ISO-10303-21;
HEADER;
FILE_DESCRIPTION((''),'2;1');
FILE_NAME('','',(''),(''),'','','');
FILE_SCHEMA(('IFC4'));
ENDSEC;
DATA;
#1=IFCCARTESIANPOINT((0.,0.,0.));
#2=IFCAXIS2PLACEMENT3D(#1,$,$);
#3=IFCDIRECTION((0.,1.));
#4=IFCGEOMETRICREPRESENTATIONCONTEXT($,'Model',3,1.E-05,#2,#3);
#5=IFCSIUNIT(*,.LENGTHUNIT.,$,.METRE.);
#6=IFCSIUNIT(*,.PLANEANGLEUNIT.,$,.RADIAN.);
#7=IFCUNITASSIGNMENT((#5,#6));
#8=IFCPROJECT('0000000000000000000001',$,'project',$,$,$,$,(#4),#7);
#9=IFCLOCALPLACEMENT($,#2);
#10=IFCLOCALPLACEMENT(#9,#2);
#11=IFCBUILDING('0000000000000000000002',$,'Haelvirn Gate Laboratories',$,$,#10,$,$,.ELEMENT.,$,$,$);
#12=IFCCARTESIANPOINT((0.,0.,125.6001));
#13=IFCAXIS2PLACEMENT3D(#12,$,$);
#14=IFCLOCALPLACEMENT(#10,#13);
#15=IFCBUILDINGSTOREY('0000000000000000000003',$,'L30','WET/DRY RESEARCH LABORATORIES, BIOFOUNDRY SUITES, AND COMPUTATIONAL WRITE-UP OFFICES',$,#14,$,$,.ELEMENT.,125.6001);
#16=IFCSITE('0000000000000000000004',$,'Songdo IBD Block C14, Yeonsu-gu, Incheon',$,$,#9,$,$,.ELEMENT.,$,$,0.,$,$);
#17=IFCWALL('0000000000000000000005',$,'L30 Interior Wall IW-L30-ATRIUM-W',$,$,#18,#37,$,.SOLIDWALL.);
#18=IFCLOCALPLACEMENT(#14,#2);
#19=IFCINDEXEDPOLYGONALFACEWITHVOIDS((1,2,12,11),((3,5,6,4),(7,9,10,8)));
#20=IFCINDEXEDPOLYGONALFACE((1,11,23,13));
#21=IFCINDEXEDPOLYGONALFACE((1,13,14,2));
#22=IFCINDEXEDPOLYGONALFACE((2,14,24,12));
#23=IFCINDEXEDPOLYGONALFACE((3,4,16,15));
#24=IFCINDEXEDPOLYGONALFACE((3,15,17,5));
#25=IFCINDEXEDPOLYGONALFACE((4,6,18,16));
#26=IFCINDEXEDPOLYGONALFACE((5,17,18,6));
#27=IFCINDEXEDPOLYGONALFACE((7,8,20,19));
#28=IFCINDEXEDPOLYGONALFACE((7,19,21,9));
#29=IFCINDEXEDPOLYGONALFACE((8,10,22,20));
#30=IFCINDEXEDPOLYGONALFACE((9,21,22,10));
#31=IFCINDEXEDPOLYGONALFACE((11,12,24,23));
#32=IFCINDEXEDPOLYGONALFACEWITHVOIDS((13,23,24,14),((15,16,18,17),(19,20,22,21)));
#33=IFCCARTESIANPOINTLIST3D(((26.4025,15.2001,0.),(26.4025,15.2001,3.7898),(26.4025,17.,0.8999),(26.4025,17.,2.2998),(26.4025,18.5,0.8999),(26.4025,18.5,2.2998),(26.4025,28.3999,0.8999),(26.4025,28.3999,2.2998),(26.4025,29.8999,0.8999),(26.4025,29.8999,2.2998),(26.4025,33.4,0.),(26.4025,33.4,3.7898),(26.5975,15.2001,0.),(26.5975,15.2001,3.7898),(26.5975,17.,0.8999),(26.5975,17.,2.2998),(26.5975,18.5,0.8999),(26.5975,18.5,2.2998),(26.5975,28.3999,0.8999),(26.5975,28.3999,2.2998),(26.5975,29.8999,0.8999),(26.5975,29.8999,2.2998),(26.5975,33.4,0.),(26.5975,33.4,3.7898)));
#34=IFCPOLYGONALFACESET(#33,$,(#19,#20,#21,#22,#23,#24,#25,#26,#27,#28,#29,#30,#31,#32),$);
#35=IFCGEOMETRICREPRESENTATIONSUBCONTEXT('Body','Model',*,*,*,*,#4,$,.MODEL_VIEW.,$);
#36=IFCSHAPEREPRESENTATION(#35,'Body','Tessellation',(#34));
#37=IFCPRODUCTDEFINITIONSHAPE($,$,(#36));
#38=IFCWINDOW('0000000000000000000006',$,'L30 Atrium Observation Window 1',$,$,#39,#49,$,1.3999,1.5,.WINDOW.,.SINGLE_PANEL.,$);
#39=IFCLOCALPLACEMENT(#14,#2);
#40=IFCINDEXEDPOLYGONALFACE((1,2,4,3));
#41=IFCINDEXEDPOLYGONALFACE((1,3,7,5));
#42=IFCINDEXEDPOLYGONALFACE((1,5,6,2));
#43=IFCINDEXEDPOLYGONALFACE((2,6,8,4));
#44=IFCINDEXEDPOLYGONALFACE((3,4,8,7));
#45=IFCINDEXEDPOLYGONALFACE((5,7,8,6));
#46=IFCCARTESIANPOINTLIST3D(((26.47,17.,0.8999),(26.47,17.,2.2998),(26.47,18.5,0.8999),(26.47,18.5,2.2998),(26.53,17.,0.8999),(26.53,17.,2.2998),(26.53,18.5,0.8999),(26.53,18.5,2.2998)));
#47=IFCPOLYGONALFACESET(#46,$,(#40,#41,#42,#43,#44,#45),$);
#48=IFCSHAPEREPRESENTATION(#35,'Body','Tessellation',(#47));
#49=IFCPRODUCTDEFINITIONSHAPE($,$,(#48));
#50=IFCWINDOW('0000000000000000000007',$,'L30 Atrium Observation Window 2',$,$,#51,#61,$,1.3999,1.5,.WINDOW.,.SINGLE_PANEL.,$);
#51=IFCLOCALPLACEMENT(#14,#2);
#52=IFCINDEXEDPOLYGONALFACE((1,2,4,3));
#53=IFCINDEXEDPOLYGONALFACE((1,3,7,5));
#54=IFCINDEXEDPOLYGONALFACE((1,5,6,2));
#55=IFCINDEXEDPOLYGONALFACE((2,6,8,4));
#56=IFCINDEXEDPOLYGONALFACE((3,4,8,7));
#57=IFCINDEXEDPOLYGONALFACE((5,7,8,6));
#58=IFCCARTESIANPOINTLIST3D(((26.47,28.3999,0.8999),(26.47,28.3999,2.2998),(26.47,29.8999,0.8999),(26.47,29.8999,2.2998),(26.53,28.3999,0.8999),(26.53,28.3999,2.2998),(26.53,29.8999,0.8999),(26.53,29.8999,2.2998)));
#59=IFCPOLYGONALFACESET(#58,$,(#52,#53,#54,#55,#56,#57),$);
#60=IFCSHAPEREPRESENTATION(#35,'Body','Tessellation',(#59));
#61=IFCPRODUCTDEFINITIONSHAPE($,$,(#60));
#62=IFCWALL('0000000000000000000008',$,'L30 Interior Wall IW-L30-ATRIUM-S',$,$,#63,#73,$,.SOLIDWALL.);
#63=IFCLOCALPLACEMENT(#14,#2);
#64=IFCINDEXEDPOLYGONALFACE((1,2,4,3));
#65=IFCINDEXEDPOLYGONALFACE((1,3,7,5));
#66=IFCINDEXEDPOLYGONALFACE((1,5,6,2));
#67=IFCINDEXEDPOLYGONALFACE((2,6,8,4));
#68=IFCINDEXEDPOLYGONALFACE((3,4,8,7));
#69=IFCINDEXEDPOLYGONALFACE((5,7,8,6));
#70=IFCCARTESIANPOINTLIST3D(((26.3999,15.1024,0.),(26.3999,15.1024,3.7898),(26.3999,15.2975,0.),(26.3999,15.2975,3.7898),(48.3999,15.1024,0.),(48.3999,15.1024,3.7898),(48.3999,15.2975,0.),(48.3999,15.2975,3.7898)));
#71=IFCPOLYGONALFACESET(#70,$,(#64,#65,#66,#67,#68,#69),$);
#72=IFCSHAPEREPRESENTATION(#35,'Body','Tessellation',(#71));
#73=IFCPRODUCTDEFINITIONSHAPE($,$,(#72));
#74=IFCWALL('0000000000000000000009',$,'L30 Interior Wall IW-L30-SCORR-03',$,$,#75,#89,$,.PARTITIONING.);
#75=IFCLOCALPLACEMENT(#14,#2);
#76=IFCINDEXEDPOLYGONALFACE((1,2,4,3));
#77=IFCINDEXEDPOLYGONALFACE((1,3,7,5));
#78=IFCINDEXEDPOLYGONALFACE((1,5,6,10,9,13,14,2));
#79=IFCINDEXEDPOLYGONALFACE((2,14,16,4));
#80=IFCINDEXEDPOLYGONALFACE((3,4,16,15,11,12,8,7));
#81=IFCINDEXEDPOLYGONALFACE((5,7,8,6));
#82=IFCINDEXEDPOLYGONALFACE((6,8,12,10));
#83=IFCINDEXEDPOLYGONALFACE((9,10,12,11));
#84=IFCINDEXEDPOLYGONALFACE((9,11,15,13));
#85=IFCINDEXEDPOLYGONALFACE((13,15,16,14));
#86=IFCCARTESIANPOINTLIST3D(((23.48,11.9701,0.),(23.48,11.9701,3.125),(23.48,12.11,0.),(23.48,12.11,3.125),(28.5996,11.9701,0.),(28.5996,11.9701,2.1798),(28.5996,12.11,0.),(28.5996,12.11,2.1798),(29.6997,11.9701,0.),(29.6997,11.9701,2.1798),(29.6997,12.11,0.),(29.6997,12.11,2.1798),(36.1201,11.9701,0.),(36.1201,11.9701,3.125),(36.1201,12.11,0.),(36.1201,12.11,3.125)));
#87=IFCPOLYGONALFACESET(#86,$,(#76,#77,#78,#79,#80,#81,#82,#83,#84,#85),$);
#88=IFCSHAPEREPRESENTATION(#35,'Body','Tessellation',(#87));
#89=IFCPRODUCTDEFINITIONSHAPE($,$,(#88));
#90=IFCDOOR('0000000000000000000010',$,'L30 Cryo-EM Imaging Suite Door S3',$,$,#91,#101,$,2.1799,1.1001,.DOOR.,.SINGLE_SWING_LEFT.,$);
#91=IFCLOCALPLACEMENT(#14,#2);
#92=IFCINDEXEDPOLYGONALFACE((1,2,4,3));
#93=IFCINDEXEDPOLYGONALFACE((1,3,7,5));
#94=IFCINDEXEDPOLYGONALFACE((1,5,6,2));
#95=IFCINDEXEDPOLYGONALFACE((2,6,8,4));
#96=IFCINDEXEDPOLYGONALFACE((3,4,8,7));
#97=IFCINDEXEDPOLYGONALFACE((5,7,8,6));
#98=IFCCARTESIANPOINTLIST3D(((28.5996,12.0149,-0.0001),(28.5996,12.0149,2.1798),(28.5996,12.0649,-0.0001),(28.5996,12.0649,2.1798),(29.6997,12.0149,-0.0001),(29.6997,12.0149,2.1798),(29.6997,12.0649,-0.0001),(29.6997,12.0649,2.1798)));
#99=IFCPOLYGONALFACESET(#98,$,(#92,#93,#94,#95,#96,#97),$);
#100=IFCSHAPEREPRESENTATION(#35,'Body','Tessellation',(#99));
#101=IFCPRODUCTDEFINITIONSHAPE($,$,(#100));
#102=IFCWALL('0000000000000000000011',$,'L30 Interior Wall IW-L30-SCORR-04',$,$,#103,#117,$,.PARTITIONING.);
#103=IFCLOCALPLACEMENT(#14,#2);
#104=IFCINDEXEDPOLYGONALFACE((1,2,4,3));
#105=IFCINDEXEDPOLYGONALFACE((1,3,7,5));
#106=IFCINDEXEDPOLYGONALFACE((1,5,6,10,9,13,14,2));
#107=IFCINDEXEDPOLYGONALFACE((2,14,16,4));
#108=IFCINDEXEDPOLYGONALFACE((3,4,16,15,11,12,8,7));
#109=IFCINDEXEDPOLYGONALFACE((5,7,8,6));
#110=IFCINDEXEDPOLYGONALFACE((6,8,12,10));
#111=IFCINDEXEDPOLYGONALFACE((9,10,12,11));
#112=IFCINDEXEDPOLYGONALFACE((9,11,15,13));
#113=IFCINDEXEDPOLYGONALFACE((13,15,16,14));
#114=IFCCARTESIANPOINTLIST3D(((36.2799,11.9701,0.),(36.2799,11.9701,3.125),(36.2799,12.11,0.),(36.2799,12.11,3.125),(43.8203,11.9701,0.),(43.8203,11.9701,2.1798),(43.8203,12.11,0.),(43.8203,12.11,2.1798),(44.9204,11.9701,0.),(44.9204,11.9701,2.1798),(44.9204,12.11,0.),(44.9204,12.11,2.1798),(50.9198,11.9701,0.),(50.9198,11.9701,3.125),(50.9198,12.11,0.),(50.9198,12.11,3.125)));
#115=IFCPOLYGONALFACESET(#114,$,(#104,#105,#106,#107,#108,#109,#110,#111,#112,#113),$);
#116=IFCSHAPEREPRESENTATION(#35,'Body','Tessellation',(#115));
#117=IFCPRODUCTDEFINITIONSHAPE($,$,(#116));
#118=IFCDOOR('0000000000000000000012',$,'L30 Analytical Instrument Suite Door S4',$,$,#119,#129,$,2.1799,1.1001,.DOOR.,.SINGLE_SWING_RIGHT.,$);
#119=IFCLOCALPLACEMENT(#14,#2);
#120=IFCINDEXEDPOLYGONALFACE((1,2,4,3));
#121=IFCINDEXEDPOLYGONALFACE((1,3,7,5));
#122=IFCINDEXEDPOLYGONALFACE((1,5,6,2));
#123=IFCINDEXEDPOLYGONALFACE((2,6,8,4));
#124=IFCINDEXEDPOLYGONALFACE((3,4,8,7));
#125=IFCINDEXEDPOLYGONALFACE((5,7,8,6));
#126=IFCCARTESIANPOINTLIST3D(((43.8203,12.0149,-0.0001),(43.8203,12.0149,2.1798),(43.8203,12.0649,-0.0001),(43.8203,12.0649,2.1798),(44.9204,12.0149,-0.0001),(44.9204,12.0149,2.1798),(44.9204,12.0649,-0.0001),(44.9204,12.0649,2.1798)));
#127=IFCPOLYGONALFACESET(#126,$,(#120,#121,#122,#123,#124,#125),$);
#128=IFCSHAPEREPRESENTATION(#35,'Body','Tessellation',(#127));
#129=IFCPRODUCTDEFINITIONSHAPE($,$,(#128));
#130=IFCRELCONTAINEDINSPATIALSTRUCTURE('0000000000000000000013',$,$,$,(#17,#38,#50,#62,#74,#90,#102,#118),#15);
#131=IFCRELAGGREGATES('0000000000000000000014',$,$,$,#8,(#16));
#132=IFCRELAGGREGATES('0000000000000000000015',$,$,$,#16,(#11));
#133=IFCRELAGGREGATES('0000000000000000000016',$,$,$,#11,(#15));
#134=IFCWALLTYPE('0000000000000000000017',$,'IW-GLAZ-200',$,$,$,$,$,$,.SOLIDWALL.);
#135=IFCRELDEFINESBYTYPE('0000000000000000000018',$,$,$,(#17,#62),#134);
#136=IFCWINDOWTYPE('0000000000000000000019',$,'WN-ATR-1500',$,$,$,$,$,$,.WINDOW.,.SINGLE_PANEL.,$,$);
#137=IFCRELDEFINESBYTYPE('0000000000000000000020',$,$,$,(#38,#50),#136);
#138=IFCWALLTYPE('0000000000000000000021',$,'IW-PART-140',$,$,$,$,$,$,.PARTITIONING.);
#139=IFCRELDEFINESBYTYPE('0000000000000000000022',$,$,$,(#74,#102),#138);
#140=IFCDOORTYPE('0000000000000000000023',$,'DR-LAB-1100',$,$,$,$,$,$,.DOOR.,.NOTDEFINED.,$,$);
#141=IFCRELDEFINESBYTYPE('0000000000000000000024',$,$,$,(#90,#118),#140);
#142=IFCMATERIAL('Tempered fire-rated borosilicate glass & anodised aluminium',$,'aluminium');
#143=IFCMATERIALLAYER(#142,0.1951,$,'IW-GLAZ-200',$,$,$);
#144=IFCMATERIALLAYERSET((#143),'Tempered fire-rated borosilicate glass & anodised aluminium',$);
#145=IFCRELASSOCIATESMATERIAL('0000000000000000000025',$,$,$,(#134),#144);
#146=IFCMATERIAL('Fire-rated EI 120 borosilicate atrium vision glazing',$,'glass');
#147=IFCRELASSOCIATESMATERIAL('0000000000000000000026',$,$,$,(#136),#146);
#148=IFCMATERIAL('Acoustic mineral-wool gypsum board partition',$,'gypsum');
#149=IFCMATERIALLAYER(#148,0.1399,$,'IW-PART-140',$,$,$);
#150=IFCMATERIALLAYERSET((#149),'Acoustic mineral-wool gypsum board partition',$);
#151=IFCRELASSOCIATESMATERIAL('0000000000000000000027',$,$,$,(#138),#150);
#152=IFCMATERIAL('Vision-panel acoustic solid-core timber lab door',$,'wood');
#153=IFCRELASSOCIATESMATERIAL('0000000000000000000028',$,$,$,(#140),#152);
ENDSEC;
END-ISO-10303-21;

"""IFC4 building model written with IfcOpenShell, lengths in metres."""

from ifc_helpers import new_model, si_unit, direction, frame, frame_2d, origin, place, context, subcontext, project, spatial, rectangle, extrude, source, transform, mapped, material, layer, layer_set, type_object, type_shapes, element, fill, save


model = new_model("IFC4")

# Units and contexts
model_context = context("Model", 3, precision=1e-05, world=origin(), true_north=direction((0.0, 1.0)))
body_context = subcontext(model_context, "Body", "Model", "MODEL_VIEW")
ifc_project = project(units=[si_unit("LENGTHUNIT", "METRE"), si_unit("PLANEANGLEUNIT", "RADIAN")], contexts=[model_context])

# Site, building, storey
site_placement = place(None, origin())
site = spatial("IfcSite", under=ifc_project, at=site_placement, Name="Songdo IBD Block C14, Yeonsu-gu, Incheon", CompositionType="ELEMENT", RefElevation=0.0)
building_placement = place(site_placement, origin())
building = spatial("IfcBuilding", under=site, at=building_placement, Name="Haelvirn Gate Laboratories", CompositionType="ELEMENT")
storey_placement = place(building_placement, frame((0.0, 0.0, 125.6001)))
storey = spatial("IfcBuildingStorey", under=building, at=storey_placement, Name="L30", Description="WET/DRY RESEARCH LABORATORIES, BIOFOUNDRY SUITES, AND COMPUTATIONAL WRITE-UP OFFICES", CompositionType="ELEMENT", Elevation=125.6001)

# Wall, openings, windows
ifc_material_1 = material(Name="Tempered fire-rated borosilicate glass & anodised aluminium", Category="aluminium")
ifc_layer_1 = layer(ifc_material_1, 0.1951, Name="IW-GLAZ-200")
ifc_layer_set_1 = layer_set([ifc_layer_1], Name="Tempered fire-rated borosilicate glass & anodised aluminium")
wall_type_1 = type_object("IfcWallType", Name="IW-GLAZ-200", PredefinedType="SOLIDWALL", material=ifc_layer_set_1)
wall_1_placement = place(storey_placement, frame((26.5, 15.2, 0.0), z_axis=(0.0, 0.0, 1.0), x_axis=(0.0, 1.0, 0.0)))
wall_1 = element("IfcWall", 1, at=wall_1_placement, inside=storey, type_object=wall_type_1, Name="L30 Interior Wall IW-L30-ATRIUM-W", PredefinedType="SOLIDWALL", context=body_context, shape_type="SweptSolid", body=[
    extrude(rectangle(XDim=18.2, YDim=0.1951, at=frame_2d((9.1001, 0.0))), origin(), (0.0, 0.0, 1.0), 3.7898),
])
opening_1_placement = place(wall_1_placement, frame((1.8, 0.0, 0.8999)))
opening_1 = element("IfcOpeningElement", 2, at=opening_1_placement, cuts=wall_1, PredefinedType="OPENING", context=body_context, shape_type="SweptSolid", body=[
    extrude(rectangle(XDim=1.5, YDim=1.3999, at=frame_2d((0.75, 0.7))), frame((0.0, 0.1074, 0.0), z_axis=(0.0, -1.0, 0.0), x_axis=(1.0, 0.0, 0.0)), (0.0, 0.0, 1.0), 0.2151),
])
opening_2_placement = place(wall_1_placement, frame((13.2, 0.0, 0.8999)))
opening_2 = element("IfcOpeningElement", 3, at=opening_2_placement, cuts=wall_1, PredefinedType="OPENING", context=body_context, shape_type="SweptSolid", body=[
    extrude(rectangle(XDim=1.5, YDim=1.3999, at=frame_2d((0.75, 0.7))), frame((0.0, 0.1074, 0.0), z_axis=(0.0, -1.0, 0.0), x_axis=(1.0, 0.0, 0.0)), (0.0, 0.0, 1.0), 0.2151),
])
ifc_material_2 = material(Name="Fire-rated EI 120 borosilicate atrium vision glazing", Category="glass")
window_type = type_object("IfcWindowType", Name="WN-ATR-1500", PartitioningType="SINGLE_PANEL", PredefinedType="WINDOW", material=ifc_material_2)
shared_shape_1 = source(origin(), body_context, "Body", "SweptSolid", [
    extrude(rectangle(XDim=1.5, YDim=1.3999, at=frame_2d((0.75, 0.7))), frame((0.0, 0.03, 0.0), z_axis=(0.0, -1.0, 0.0), x_axis=(1.0, 0.0, 0.0)), (0.0, 0.0, 1.0), 0.0601),
])
type_shapes(window_type, [shared_shape_1])
window_1_placement = place(opening_1_placement, origin())
window_1 = element("IfcWindow", 4, at=window_1_placement, inside=storey, type_object=window_type, Name="L30 Atrium Observation Window 1", OverallHeight=1.3999, OverallWidth=1.5, PartitioningType="SINGLE_PANEL", PredefinedType="WINDOW", context=body_context, shape_type="MappedRepresentation", body=[
    mapped(shared_shape_1, transform((0.0, 0.0, 0.0), scale=1.0)),
])
fill(opening_1, window_1)
window_2_placement = place(opening_2_placement, origin())
window_2 = element("IfcWindow", 5, at=window_2_placement, inside=storey, type_object=window_type, Name="L30 Atrium Observation Window 2", OverallHeight=1.3999, OverallWidth=1.5, PartitioningType="SINGLE_PANEL", PredefinedType="WINDOW", context=body_context, shape_type="MappedRepresentation", body=[
    mapped(shared_shape_1, transform((0.0, 0.0, 0.0), scale=1.0)),
])
fill(opening_2, window_2)

# Wall
wall_2_placement = place(storey_placement, frame((26.3999, 15.2, 0.0), z_axis=(0.0, 0.0, 1.0), x_axis=(1.0, 0.0, 0.0)))
element("IfcWall", 6, at=wall_2_placement, inside=storey, type_object=wall_type_1, Name="L30 Interior Wall IW-L30-ATRIUM-S", PredefinedType="SOLIDWALL", context=body_context, shape_type="SweptSolid", body=[
    extrude(rectangle(XDim=22.0, YDim=0.1951, at=frame_2d((11.0, 0.0))), origin(), (0.0, 0.0, 1.0), 3.7898),
])

# Walls, openings, doors
ifc_material_3 = material(Name="Acoustic mineral-wool gypsum board partition", Category="gypsum")
ifc_layer_2 = layer(ifc_material_3, 0.1399, Name="IW-PART-140")
ifc_layer_set_2 = layer_set([ifc_layer_2], Name="Acoustic mineral-wool gypsum board partition")
wall_type_2 = type_object("IfcWallType", Name="IW-PART-140", PredefinedType="PARTITIONING", material=ifc_layer_set_2)
wall_3_placement = place(storey_placement, frame((23.48, 12.04, 0.0), z_axis=(0.0, 0.0, 1.0), x_axis=(1.0, 0.0, 0.0)))
wall_3 = element("IfcWall", 7, at=wall_3_placement, inside=storey, type_object=wall_type_2, Name="L30 Interior Wall IW-L30-SCORR-03", PredefinedType="PARTITIONING", context=body_context, shape_type="SweptSolid", body=[
    extrude(rectangle(XDim=12.6401, YDim=0.1399, at=frame_2d((6.3201, 0.0))), origin(), (0.0, 0.0, 1.0), 3.125),
])
opening_3_placement = place(wall_3_placement, frame((5.1196, 0.0, 0.0)))
opening_3 = element("IfcOpeningElement", 8, at=opening_3_placement, cuts=wall_3, PredefinedType="OPENING", context=body_context, shape_type="SweptSolid", body=[
    extrude(rectangle(XDim=1.1001, YDim=2.1799, at=frame_2d((0.55, 1.0898))), frame((0.0, 0.0801, 0.0), z_axis=(0.0, -1.0, 0.0), x_axis=(1.0, 0.0, 0.0)), (0.0, 0.0, 1.0), 0.1599),
])
ifc_material_4 = material(Name="Vision-panel acoustic solid-core timber lab door", Category="wood")
door_type = type_object("IfcDoorType", Name="DR-LAB-1100", OperationType="NOTDEFINED", PredefinedType="DOOR", material=ifc_material_4)
shared_shape_2 = source(origin(), body_context, "Body", "SweptSolid", [
    extrude(rectangle(XDim=1.1001, YDim=2.1799, at=frame_2d((0.55, 1.0898))), frame((0.0, 0.0249, 0.0), z_axis=(0.0, -1.0, 0.0), x_axis=(1.0, 0.0, 0.0)), (0.0, 0.0, 1.0), 0.05),
])
type_shapes(door_type, [shared_shape_2])
door_1_placement = place(opening_3_placement, origin())
door_1 = element("IfcDoor", 9, at=door_1_placement, inside=storey, type_object=door_type, Name="L30 Cryo-EM Imaging Suite Door S3", OperationType="SINGLE_SWING_LEFT", OverallHeight=2.1799, OverallWidth=1.1001, PredefinedType="DOOR", context=body_context, shape_type="MappedRepresentation", body=[
    mapped(shared_shape_2, transform((0.0, 0.0, 0.0), scale=1.0)),
])
fill(opening_3, door_1)
wall_4_placement = place(storey_placement, frame((36.28, 12.04, 0.0), z_axis=(0.0, 0.0, 1.0), x_axis=(1.0, 0.0, 0.0)))
wall_4 = element("IfcWall", 10, at=wall_4_placement, inside=storey, type_object=wall_type_2, Name="L30 Interior Wall IW-L30-SCORR-04", PredefinedType="PARTITIONING", context=body_context, shape_type="SweptSolid", body=[
    extrude(rectangle(XDim=14.6399, YDim=0.1399, at=frame_2d((7.3198, 0.0))), origin(), (0.0, 0.0, 1.0), 3.125),
])
opening_4_placement = place(wall_4_placement, frame((7.5403, 0.0, 0.0)))
opening_4 = element("IfcOpeningElement", 11, at=opening_4_placement, cuts=wall_4, PredefinedType="OPENING", context=body_context, shape_type="SweptSolid", body=[
    extrude(rectangle(XDim=1.1001, YDim=2.1799, at=frame_2d((0.55, 1.0898))), frame((0.0, 0.0801, 0.0), z_axis=(0.0, -1.0, 0.0), x_axis=(1.0, 0.0, 0.0)), (0.0, 0.0, 1.0), 0.1599),
])
door_2_placement = place(opening_4_placement, origin())
door_2 = element("IfcDoor", 12, at=door_2_placement, inside=storey, type_object=door_type, Name="L30 Analytical Instrument Suite Door S4", OperationType="SINGLE_SWING_RIGHT", OverallHeight=2.1799, OverallWidth=1.1001, PredefinedType="DOOR", context=body_context, shape_type="MappedRepresentation", body=[
    mapped(shared_shape_2, transform((0.0, 0.0, 0.0), scale=1.0)),
])
fill(opening_4, door_2)

save(model, "model.ifc")
